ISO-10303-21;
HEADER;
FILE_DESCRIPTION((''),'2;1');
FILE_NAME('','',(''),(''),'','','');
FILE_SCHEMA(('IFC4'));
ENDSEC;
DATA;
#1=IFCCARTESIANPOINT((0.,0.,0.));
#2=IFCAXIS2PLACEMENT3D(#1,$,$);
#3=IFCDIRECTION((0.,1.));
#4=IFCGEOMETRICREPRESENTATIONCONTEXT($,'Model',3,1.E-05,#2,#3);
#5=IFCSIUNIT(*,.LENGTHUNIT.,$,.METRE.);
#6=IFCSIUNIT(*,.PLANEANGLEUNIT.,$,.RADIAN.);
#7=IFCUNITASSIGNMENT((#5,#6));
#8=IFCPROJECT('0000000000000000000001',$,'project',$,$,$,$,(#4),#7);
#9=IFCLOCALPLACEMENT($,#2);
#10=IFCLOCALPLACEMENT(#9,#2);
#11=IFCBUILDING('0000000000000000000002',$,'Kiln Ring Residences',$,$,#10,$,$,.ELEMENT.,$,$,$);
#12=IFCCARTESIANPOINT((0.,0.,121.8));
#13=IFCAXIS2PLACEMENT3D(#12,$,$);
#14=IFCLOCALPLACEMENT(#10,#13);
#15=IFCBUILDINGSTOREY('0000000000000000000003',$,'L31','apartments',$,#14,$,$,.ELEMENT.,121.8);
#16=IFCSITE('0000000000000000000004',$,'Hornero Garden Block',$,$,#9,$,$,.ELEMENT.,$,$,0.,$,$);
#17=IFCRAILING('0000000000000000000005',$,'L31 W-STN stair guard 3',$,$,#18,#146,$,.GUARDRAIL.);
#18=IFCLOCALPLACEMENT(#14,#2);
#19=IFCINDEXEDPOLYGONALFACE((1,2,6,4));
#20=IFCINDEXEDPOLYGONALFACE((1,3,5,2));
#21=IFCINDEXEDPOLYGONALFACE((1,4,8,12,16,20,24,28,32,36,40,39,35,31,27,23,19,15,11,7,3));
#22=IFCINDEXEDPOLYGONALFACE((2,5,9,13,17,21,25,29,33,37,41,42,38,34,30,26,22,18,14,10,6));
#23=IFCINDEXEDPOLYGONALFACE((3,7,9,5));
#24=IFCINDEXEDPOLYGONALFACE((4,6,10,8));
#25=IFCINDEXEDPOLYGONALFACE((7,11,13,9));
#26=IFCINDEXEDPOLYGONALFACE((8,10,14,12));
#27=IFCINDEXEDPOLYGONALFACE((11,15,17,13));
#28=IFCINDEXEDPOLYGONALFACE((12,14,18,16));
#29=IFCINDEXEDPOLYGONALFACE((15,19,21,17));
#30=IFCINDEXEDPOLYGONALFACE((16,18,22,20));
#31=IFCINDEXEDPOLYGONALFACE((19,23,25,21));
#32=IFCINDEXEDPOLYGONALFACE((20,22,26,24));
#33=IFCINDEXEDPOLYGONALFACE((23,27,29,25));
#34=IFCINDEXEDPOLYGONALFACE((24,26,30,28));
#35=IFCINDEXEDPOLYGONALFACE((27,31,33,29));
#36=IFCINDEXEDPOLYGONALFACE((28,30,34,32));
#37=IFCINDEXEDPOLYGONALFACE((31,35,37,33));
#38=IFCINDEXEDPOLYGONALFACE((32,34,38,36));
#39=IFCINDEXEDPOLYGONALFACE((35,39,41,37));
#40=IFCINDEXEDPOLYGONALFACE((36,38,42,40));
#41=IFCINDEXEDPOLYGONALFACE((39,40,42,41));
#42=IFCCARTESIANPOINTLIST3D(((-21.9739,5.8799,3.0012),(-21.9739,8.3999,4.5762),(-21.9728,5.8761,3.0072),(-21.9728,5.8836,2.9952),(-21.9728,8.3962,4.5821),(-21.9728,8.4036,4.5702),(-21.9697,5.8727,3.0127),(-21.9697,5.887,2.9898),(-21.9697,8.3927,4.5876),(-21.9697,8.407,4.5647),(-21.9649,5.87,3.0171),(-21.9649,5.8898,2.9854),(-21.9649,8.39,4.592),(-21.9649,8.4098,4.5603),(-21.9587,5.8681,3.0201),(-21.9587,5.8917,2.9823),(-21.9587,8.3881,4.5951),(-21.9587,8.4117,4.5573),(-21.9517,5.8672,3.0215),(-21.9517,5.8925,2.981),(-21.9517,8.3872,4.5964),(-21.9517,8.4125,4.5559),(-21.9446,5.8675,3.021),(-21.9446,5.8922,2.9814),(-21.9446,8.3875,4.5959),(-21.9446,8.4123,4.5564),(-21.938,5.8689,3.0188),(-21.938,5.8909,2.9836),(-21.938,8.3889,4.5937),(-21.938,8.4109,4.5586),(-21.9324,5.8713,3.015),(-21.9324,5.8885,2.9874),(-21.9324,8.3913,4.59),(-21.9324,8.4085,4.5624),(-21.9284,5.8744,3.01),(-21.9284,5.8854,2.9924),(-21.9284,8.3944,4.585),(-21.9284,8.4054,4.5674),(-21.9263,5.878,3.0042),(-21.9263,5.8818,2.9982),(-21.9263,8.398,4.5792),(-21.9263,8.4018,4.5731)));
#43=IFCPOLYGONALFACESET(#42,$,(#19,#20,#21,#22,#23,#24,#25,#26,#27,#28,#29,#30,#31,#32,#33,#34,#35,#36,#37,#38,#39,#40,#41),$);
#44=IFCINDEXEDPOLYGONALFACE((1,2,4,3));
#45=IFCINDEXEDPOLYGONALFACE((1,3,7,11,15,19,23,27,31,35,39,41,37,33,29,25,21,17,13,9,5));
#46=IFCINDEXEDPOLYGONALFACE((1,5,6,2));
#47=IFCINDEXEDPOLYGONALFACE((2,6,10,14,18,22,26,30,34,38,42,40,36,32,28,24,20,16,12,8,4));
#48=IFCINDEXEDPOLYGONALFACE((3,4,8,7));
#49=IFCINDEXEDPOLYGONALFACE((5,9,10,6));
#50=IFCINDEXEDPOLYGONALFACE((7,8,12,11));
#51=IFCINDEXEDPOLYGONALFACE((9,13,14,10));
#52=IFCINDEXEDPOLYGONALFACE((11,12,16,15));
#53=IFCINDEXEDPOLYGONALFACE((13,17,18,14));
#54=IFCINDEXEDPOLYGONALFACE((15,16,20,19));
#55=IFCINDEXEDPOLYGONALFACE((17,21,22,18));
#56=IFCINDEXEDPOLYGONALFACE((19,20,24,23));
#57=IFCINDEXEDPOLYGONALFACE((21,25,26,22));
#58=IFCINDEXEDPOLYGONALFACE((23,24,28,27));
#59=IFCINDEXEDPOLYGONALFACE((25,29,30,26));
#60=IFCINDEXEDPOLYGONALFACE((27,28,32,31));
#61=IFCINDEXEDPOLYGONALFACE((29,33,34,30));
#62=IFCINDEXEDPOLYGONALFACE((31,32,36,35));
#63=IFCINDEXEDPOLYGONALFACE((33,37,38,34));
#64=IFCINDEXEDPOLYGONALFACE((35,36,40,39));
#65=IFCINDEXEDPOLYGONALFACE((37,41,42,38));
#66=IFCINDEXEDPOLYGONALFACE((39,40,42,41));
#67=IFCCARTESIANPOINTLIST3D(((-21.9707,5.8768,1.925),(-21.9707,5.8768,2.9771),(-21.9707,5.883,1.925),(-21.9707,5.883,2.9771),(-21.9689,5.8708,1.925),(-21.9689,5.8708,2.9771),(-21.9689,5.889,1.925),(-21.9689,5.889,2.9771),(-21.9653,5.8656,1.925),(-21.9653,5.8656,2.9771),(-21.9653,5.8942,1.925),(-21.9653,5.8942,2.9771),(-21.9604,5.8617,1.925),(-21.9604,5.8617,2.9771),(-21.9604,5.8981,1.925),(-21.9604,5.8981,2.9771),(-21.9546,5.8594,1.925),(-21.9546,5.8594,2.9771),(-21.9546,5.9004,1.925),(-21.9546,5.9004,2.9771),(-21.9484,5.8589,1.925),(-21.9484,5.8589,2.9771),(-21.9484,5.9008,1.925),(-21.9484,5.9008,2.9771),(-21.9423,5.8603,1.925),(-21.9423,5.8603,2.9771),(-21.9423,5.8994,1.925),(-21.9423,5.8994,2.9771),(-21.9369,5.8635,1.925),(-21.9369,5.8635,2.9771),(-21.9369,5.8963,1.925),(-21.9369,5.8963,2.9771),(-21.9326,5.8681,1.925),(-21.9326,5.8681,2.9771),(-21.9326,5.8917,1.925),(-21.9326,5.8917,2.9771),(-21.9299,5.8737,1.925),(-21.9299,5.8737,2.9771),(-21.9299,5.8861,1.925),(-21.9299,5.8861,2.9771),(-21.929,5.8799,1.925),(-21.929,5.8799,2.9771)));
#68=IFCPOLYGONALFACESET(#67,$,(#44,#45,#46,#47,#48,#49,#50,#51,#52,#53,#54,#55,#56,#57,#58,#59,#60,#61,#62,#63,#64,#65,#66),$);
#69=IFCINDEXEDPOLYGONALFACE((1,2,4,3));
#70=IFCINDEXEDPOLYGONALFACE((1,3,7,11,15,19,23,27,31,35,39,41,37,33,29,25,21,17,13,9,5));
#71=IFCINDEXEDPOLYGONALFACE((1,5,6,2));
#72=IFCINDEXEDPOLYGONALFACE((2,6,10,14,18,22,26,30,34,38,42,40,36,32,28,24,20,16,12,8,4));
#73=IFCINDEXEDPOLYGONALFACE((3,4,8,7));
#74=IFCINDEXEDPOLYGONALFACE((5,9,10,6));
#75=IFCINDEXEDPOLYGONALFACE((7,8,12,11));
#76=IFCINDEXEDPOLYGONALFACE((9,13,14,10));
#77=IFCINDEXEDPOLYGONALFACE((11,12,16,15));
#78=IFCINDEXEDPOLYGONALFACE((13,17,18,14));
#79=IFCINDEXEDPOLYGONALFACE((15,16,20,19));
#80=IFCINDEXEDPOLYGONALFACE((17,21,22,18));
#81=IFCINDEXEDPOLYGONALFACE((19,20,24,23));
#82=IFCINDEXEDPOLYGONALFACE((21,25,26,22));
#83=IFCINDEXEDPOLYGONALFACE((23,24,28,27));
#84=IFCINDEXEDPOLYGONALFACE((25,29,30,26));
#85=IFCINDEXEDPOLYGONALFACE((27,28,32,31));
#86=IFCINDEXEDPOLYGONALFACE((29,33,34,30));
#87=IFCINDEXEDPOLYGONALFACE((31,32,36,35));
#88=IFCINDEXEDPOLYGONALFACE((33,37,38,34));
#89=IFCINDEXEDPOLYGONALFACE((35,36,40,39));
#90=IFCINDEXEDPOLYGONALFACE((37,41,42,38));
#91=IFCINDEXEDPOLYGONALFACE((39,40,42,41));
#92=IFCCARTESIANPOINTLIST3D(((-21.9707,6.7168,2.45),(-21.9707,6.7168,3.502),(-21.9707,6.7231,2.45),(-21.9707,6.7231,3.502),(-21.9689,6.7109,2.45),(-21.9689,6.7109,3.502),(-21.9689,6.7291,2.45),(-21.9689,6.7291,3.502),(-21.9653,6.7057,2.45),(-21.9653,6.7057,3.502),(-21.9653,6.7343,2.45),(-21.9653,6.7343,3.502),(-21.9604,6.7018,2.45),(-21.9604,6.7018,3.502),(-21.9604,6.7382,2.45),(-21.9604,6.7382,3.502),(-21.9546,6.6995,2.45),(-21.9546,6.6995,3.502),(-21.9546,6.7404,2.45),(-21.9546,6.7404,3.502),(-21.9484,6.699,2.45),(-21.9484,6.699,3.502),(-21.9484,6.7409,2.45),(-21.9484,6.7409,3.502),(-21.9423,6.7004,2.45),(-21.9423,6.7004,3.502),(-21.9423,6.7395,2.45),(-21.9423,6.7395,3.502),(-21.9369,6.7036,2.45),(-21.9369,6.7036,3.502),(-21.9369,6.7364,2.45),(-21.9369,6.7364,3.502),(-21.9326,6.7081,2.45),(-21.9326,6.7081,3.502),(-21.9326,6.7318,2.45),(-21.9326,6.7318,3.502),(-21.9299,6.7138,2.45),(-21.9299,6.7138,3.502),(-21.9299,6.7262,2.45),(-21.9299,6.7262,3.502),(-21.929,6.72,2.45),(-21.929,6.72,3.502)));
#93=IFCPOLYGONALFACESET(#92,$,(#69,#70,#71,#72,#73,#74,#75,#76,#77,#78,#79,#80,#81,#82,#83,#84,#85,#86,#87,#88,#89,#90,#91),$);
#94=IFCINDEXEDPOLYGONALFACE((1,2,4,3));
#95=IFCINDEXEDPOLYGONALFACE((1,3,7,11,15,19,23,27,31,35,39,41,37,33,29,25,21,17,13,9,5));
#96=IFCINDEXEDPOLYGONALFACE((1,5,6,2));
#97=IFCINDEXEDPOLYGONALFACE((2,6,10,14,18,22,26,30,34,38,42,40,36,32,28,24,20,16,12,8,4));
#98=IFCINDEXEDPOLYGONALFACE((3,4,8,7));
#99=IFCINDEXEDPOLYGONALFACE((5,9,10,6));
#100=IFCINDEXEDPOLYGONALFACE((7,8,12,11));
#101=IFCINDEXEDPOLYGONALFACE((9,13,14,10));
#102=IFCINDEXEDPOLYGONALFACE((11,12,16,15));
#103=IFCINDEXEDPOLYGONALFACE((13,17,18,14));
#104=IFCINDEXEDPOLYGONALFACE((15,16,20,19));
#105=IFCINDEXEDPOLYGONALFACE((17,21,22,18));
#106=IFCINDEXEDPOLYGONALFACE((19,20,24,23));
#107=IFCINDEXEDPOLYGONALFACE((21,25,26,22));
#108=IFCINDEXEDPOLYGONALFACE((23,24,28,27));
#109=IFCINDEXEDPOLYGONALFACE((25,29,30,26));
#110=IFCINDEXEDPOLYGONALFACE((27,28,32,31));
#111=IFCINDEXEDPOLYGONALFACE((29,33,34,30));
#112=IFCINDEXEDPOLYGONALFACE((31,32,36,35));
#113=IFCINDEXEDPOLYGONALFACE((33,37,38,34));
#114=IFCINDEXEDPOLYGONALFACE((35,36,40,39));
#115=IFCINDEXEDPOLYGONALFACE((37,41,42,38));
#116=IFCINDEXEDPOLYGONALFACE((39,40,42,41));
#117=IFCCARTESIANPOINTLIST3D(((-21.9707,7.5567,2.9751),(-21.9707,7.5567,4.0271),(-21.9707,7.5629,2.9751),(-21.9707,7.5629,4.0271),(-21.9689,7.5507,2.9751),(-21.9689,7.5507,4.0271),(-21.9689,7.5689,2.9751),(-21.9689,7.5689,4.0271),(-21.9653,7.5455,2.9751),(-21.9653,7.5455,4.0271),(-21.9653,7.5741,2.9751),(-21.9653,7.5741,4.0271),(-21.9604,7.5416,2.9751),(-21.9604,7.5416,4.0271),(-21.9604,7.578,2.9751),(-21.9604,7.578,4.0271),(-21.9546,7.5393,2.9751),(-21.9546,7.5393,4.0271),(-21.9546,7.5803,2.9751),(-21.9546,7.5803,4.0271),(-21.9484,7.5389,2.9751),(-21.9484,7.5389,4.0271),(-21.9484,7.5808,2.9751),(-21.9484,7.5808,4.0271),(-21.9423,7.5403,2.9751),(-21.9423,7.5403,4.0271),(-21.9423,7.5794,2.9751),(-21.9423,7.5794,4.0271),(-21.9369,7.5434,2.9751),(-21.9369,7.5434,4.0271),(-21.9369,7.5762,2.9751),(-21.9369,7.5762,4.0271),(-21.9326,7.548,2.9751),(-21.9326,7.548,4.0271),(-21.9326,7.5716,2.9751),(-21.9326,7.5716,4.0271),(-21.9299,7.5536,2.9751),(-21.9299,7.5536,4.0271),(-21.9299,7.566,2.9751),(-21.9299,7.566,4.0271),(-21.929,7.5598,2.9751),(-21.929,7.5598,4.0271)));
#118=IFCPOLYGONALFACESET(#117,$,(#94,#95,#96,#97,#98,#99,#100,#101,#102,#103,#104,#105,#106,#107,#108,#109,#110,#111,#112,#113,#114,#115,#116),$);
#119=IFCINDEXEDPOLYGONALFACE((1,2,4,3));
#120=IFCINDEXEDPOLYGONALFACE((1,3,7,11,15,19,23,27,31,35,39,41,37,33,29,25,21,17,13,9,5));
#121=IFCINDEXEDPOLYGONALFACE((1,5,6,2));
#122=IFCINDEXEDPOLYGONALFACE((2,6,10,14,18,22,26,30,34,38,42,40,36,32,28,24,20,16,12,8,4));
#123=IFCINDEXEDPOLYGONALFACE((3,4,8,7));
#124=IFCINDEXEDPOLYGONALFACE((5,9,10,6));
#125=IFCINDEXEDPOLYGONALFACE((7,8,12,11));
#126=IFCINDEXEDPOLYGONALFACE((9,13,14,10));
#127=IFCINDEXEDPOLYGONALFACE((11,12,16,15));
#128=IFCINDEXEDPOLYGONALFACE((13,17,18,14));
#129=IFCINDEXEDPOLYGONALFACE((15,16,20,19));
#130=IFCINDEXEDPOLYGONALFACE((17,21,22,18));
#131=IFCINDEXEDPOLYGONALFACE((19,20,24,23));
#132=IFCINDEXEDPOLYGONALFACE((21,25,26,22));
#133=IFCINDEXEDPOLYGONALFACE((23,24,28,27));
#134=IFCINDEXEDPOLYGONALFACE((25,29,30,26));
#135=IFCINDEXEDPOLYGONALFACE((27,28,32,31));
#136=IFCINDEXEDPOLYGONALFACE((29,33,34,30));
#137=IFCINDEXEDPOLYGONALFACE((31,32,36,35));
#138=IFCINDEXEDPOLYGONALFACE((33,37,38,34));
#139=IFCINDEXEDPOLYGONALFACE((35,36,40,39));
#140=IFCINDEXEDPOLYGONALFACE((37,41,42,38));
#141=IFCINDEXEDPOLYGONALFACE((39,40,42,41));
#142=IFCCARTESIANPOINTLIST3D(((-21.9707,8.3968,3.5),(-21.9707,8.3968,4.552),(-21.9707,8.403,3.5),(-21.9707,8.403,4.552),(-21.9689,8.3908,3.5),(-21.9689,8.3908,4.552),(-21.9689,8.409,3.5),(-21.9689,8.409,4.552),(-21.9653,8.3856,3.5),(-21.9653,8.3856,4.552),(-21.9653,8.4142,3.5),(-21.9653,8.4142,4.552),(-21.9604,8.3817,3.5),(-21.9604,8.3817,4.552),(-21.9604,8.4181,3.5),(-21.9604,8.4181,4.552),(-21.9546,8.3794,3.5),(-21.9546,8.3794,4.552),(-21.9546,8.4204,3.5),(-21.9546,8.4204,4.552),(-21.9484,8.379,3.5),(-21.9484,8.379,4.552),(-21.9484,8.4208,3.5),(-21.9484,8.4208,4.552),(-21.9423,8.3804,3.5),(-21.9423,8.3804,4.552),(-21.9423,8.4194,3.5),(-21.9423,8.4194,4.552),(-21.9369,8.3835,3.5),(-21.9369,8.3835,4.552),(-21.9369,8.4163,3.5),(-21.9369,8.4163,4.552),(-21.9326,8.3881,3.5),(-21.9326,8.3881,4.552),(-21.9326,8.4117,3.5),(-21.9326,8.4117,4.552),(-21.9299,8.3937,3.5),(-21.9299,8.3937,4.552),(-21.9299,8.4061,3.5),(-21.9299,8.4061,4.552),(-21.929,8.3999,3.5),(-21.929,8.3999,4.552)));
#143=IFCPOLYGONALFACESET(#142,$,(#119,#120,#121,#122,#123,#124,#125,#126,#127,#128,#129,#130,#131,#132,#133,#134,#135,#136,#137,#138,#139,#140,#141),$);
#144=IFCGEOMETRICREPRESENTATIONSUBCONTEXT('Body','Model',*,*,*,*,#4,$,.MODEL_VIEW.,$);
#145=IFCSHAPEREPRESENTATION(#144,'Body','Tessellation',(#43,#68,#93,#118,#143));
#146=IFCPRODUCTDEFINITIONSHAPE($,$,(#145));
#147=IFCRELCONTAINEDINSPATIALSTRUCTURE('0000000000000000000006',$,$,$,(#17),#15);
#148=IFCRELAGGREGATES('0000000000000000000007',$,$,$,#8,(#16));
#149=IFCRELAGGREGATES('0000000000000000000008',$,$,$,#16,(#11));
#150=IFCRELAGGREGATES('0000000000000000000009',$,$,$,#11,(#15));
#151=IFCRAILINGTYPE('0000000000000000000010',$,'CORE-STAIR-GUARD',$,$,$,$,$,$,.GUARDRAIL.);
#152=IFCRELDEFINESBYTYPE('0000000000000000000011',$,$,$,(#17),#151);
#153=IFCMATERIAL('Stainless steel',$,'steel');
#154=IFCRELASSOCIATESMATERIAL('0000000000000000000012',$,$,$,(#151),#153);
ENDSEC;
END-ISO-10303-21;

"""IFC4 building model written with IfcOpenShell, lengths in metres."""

from ifc_helpers import new_model, si_unit, direction, frame, origin, origin_2d, place, context, subcontext, project, spatial, circle, extrude, material, type_object, element, save


model = new_model("IFC4")

# Units and contexts
model_context = context("Model", 3, precision=1e-05, world=origin(), true_north=direction((0.0, 1.0)))
body_context = subcontext(model_context, "Body", "Model", "MODEL_VIEW")
ifc_project = project(units=[si_unit("LENGTHUNIT", "METRE"), si_unit("PLANEANGLEUNIT", "RADIAN")], contexts=[model_context])

# Site, building, storey
site_placement = place(None, origin())
site = spatial("IfcSite", under=ifc_project, at=site_placement, Name="Hornero Garden Block", CompositionType="ELEMENT", RefElevation=0.0)
building_placement = place(site_placement, origin())
building = spatial("IfcBuilding", under=site, at=building_placement, Name="Kiln Ring Residences", CompositionType="ELEMENT")
storey_placement = place(building_placement, frame((0.0, 0.0, 121.8)))
storey = spatial("IfcBuildingStorey", under=building, at=storey_placement, Name="L31", Description="apartments", CompositionType="ELEMENT", Elevation=121.8)

# Railing
ifc_material_1 = material(Name="Stainless steel", Category="steel")
railing_type_1 = type_object("IfcRailingType", Name="CORE-STAIR-GUARD", PredefinedType="GUARDRAIL", material=ifc_material_1)
railing_1_placement = place(storey_placement, frame((-21.95, 5.8799, 1.925)))
element("IfcRailing", 1, at=railing_1_placement, inside=storey, type_object=railing_type_1, Name="L31 W-STN stair guard 3", PredefinedType="GUARDRAIL", context=body_context, shape_type="SweptSolid", body=[
    extrude(circle(Radius=0.0239, at=origin_2d()), frame((0.0, 0.0, 1.0762), z_axis=(0.0, 0.848008, 0.529984), x_axis=(-1.0, 0.0, 0.0)), (0.0, 0.0, 1.0), 2.9717),
    extrude(circle(Radius=0.021, at=origin_2d()), origin(), (0.0, 0.0, 1.0), 1.052),
    extrude(circle(Radius=0.021, at=origin_2d()), frame((0.0, 0.8401, 0.5249)), (0.0, 0.0, 1.0), 1.052),
    extrude(circle(Radius=0.021, at=origin_2d()), frame((0.0, 1.6799, 1.05)), (0.0, 0.0, 1.0), 1.052),
    extrude(circle(Radius=0.021, at=origin_2d()), frame((0.0, 2.52, 1.575)), (0.0, 0.0, 1.0), 1.052),
])

save(model, "model.ifc")
